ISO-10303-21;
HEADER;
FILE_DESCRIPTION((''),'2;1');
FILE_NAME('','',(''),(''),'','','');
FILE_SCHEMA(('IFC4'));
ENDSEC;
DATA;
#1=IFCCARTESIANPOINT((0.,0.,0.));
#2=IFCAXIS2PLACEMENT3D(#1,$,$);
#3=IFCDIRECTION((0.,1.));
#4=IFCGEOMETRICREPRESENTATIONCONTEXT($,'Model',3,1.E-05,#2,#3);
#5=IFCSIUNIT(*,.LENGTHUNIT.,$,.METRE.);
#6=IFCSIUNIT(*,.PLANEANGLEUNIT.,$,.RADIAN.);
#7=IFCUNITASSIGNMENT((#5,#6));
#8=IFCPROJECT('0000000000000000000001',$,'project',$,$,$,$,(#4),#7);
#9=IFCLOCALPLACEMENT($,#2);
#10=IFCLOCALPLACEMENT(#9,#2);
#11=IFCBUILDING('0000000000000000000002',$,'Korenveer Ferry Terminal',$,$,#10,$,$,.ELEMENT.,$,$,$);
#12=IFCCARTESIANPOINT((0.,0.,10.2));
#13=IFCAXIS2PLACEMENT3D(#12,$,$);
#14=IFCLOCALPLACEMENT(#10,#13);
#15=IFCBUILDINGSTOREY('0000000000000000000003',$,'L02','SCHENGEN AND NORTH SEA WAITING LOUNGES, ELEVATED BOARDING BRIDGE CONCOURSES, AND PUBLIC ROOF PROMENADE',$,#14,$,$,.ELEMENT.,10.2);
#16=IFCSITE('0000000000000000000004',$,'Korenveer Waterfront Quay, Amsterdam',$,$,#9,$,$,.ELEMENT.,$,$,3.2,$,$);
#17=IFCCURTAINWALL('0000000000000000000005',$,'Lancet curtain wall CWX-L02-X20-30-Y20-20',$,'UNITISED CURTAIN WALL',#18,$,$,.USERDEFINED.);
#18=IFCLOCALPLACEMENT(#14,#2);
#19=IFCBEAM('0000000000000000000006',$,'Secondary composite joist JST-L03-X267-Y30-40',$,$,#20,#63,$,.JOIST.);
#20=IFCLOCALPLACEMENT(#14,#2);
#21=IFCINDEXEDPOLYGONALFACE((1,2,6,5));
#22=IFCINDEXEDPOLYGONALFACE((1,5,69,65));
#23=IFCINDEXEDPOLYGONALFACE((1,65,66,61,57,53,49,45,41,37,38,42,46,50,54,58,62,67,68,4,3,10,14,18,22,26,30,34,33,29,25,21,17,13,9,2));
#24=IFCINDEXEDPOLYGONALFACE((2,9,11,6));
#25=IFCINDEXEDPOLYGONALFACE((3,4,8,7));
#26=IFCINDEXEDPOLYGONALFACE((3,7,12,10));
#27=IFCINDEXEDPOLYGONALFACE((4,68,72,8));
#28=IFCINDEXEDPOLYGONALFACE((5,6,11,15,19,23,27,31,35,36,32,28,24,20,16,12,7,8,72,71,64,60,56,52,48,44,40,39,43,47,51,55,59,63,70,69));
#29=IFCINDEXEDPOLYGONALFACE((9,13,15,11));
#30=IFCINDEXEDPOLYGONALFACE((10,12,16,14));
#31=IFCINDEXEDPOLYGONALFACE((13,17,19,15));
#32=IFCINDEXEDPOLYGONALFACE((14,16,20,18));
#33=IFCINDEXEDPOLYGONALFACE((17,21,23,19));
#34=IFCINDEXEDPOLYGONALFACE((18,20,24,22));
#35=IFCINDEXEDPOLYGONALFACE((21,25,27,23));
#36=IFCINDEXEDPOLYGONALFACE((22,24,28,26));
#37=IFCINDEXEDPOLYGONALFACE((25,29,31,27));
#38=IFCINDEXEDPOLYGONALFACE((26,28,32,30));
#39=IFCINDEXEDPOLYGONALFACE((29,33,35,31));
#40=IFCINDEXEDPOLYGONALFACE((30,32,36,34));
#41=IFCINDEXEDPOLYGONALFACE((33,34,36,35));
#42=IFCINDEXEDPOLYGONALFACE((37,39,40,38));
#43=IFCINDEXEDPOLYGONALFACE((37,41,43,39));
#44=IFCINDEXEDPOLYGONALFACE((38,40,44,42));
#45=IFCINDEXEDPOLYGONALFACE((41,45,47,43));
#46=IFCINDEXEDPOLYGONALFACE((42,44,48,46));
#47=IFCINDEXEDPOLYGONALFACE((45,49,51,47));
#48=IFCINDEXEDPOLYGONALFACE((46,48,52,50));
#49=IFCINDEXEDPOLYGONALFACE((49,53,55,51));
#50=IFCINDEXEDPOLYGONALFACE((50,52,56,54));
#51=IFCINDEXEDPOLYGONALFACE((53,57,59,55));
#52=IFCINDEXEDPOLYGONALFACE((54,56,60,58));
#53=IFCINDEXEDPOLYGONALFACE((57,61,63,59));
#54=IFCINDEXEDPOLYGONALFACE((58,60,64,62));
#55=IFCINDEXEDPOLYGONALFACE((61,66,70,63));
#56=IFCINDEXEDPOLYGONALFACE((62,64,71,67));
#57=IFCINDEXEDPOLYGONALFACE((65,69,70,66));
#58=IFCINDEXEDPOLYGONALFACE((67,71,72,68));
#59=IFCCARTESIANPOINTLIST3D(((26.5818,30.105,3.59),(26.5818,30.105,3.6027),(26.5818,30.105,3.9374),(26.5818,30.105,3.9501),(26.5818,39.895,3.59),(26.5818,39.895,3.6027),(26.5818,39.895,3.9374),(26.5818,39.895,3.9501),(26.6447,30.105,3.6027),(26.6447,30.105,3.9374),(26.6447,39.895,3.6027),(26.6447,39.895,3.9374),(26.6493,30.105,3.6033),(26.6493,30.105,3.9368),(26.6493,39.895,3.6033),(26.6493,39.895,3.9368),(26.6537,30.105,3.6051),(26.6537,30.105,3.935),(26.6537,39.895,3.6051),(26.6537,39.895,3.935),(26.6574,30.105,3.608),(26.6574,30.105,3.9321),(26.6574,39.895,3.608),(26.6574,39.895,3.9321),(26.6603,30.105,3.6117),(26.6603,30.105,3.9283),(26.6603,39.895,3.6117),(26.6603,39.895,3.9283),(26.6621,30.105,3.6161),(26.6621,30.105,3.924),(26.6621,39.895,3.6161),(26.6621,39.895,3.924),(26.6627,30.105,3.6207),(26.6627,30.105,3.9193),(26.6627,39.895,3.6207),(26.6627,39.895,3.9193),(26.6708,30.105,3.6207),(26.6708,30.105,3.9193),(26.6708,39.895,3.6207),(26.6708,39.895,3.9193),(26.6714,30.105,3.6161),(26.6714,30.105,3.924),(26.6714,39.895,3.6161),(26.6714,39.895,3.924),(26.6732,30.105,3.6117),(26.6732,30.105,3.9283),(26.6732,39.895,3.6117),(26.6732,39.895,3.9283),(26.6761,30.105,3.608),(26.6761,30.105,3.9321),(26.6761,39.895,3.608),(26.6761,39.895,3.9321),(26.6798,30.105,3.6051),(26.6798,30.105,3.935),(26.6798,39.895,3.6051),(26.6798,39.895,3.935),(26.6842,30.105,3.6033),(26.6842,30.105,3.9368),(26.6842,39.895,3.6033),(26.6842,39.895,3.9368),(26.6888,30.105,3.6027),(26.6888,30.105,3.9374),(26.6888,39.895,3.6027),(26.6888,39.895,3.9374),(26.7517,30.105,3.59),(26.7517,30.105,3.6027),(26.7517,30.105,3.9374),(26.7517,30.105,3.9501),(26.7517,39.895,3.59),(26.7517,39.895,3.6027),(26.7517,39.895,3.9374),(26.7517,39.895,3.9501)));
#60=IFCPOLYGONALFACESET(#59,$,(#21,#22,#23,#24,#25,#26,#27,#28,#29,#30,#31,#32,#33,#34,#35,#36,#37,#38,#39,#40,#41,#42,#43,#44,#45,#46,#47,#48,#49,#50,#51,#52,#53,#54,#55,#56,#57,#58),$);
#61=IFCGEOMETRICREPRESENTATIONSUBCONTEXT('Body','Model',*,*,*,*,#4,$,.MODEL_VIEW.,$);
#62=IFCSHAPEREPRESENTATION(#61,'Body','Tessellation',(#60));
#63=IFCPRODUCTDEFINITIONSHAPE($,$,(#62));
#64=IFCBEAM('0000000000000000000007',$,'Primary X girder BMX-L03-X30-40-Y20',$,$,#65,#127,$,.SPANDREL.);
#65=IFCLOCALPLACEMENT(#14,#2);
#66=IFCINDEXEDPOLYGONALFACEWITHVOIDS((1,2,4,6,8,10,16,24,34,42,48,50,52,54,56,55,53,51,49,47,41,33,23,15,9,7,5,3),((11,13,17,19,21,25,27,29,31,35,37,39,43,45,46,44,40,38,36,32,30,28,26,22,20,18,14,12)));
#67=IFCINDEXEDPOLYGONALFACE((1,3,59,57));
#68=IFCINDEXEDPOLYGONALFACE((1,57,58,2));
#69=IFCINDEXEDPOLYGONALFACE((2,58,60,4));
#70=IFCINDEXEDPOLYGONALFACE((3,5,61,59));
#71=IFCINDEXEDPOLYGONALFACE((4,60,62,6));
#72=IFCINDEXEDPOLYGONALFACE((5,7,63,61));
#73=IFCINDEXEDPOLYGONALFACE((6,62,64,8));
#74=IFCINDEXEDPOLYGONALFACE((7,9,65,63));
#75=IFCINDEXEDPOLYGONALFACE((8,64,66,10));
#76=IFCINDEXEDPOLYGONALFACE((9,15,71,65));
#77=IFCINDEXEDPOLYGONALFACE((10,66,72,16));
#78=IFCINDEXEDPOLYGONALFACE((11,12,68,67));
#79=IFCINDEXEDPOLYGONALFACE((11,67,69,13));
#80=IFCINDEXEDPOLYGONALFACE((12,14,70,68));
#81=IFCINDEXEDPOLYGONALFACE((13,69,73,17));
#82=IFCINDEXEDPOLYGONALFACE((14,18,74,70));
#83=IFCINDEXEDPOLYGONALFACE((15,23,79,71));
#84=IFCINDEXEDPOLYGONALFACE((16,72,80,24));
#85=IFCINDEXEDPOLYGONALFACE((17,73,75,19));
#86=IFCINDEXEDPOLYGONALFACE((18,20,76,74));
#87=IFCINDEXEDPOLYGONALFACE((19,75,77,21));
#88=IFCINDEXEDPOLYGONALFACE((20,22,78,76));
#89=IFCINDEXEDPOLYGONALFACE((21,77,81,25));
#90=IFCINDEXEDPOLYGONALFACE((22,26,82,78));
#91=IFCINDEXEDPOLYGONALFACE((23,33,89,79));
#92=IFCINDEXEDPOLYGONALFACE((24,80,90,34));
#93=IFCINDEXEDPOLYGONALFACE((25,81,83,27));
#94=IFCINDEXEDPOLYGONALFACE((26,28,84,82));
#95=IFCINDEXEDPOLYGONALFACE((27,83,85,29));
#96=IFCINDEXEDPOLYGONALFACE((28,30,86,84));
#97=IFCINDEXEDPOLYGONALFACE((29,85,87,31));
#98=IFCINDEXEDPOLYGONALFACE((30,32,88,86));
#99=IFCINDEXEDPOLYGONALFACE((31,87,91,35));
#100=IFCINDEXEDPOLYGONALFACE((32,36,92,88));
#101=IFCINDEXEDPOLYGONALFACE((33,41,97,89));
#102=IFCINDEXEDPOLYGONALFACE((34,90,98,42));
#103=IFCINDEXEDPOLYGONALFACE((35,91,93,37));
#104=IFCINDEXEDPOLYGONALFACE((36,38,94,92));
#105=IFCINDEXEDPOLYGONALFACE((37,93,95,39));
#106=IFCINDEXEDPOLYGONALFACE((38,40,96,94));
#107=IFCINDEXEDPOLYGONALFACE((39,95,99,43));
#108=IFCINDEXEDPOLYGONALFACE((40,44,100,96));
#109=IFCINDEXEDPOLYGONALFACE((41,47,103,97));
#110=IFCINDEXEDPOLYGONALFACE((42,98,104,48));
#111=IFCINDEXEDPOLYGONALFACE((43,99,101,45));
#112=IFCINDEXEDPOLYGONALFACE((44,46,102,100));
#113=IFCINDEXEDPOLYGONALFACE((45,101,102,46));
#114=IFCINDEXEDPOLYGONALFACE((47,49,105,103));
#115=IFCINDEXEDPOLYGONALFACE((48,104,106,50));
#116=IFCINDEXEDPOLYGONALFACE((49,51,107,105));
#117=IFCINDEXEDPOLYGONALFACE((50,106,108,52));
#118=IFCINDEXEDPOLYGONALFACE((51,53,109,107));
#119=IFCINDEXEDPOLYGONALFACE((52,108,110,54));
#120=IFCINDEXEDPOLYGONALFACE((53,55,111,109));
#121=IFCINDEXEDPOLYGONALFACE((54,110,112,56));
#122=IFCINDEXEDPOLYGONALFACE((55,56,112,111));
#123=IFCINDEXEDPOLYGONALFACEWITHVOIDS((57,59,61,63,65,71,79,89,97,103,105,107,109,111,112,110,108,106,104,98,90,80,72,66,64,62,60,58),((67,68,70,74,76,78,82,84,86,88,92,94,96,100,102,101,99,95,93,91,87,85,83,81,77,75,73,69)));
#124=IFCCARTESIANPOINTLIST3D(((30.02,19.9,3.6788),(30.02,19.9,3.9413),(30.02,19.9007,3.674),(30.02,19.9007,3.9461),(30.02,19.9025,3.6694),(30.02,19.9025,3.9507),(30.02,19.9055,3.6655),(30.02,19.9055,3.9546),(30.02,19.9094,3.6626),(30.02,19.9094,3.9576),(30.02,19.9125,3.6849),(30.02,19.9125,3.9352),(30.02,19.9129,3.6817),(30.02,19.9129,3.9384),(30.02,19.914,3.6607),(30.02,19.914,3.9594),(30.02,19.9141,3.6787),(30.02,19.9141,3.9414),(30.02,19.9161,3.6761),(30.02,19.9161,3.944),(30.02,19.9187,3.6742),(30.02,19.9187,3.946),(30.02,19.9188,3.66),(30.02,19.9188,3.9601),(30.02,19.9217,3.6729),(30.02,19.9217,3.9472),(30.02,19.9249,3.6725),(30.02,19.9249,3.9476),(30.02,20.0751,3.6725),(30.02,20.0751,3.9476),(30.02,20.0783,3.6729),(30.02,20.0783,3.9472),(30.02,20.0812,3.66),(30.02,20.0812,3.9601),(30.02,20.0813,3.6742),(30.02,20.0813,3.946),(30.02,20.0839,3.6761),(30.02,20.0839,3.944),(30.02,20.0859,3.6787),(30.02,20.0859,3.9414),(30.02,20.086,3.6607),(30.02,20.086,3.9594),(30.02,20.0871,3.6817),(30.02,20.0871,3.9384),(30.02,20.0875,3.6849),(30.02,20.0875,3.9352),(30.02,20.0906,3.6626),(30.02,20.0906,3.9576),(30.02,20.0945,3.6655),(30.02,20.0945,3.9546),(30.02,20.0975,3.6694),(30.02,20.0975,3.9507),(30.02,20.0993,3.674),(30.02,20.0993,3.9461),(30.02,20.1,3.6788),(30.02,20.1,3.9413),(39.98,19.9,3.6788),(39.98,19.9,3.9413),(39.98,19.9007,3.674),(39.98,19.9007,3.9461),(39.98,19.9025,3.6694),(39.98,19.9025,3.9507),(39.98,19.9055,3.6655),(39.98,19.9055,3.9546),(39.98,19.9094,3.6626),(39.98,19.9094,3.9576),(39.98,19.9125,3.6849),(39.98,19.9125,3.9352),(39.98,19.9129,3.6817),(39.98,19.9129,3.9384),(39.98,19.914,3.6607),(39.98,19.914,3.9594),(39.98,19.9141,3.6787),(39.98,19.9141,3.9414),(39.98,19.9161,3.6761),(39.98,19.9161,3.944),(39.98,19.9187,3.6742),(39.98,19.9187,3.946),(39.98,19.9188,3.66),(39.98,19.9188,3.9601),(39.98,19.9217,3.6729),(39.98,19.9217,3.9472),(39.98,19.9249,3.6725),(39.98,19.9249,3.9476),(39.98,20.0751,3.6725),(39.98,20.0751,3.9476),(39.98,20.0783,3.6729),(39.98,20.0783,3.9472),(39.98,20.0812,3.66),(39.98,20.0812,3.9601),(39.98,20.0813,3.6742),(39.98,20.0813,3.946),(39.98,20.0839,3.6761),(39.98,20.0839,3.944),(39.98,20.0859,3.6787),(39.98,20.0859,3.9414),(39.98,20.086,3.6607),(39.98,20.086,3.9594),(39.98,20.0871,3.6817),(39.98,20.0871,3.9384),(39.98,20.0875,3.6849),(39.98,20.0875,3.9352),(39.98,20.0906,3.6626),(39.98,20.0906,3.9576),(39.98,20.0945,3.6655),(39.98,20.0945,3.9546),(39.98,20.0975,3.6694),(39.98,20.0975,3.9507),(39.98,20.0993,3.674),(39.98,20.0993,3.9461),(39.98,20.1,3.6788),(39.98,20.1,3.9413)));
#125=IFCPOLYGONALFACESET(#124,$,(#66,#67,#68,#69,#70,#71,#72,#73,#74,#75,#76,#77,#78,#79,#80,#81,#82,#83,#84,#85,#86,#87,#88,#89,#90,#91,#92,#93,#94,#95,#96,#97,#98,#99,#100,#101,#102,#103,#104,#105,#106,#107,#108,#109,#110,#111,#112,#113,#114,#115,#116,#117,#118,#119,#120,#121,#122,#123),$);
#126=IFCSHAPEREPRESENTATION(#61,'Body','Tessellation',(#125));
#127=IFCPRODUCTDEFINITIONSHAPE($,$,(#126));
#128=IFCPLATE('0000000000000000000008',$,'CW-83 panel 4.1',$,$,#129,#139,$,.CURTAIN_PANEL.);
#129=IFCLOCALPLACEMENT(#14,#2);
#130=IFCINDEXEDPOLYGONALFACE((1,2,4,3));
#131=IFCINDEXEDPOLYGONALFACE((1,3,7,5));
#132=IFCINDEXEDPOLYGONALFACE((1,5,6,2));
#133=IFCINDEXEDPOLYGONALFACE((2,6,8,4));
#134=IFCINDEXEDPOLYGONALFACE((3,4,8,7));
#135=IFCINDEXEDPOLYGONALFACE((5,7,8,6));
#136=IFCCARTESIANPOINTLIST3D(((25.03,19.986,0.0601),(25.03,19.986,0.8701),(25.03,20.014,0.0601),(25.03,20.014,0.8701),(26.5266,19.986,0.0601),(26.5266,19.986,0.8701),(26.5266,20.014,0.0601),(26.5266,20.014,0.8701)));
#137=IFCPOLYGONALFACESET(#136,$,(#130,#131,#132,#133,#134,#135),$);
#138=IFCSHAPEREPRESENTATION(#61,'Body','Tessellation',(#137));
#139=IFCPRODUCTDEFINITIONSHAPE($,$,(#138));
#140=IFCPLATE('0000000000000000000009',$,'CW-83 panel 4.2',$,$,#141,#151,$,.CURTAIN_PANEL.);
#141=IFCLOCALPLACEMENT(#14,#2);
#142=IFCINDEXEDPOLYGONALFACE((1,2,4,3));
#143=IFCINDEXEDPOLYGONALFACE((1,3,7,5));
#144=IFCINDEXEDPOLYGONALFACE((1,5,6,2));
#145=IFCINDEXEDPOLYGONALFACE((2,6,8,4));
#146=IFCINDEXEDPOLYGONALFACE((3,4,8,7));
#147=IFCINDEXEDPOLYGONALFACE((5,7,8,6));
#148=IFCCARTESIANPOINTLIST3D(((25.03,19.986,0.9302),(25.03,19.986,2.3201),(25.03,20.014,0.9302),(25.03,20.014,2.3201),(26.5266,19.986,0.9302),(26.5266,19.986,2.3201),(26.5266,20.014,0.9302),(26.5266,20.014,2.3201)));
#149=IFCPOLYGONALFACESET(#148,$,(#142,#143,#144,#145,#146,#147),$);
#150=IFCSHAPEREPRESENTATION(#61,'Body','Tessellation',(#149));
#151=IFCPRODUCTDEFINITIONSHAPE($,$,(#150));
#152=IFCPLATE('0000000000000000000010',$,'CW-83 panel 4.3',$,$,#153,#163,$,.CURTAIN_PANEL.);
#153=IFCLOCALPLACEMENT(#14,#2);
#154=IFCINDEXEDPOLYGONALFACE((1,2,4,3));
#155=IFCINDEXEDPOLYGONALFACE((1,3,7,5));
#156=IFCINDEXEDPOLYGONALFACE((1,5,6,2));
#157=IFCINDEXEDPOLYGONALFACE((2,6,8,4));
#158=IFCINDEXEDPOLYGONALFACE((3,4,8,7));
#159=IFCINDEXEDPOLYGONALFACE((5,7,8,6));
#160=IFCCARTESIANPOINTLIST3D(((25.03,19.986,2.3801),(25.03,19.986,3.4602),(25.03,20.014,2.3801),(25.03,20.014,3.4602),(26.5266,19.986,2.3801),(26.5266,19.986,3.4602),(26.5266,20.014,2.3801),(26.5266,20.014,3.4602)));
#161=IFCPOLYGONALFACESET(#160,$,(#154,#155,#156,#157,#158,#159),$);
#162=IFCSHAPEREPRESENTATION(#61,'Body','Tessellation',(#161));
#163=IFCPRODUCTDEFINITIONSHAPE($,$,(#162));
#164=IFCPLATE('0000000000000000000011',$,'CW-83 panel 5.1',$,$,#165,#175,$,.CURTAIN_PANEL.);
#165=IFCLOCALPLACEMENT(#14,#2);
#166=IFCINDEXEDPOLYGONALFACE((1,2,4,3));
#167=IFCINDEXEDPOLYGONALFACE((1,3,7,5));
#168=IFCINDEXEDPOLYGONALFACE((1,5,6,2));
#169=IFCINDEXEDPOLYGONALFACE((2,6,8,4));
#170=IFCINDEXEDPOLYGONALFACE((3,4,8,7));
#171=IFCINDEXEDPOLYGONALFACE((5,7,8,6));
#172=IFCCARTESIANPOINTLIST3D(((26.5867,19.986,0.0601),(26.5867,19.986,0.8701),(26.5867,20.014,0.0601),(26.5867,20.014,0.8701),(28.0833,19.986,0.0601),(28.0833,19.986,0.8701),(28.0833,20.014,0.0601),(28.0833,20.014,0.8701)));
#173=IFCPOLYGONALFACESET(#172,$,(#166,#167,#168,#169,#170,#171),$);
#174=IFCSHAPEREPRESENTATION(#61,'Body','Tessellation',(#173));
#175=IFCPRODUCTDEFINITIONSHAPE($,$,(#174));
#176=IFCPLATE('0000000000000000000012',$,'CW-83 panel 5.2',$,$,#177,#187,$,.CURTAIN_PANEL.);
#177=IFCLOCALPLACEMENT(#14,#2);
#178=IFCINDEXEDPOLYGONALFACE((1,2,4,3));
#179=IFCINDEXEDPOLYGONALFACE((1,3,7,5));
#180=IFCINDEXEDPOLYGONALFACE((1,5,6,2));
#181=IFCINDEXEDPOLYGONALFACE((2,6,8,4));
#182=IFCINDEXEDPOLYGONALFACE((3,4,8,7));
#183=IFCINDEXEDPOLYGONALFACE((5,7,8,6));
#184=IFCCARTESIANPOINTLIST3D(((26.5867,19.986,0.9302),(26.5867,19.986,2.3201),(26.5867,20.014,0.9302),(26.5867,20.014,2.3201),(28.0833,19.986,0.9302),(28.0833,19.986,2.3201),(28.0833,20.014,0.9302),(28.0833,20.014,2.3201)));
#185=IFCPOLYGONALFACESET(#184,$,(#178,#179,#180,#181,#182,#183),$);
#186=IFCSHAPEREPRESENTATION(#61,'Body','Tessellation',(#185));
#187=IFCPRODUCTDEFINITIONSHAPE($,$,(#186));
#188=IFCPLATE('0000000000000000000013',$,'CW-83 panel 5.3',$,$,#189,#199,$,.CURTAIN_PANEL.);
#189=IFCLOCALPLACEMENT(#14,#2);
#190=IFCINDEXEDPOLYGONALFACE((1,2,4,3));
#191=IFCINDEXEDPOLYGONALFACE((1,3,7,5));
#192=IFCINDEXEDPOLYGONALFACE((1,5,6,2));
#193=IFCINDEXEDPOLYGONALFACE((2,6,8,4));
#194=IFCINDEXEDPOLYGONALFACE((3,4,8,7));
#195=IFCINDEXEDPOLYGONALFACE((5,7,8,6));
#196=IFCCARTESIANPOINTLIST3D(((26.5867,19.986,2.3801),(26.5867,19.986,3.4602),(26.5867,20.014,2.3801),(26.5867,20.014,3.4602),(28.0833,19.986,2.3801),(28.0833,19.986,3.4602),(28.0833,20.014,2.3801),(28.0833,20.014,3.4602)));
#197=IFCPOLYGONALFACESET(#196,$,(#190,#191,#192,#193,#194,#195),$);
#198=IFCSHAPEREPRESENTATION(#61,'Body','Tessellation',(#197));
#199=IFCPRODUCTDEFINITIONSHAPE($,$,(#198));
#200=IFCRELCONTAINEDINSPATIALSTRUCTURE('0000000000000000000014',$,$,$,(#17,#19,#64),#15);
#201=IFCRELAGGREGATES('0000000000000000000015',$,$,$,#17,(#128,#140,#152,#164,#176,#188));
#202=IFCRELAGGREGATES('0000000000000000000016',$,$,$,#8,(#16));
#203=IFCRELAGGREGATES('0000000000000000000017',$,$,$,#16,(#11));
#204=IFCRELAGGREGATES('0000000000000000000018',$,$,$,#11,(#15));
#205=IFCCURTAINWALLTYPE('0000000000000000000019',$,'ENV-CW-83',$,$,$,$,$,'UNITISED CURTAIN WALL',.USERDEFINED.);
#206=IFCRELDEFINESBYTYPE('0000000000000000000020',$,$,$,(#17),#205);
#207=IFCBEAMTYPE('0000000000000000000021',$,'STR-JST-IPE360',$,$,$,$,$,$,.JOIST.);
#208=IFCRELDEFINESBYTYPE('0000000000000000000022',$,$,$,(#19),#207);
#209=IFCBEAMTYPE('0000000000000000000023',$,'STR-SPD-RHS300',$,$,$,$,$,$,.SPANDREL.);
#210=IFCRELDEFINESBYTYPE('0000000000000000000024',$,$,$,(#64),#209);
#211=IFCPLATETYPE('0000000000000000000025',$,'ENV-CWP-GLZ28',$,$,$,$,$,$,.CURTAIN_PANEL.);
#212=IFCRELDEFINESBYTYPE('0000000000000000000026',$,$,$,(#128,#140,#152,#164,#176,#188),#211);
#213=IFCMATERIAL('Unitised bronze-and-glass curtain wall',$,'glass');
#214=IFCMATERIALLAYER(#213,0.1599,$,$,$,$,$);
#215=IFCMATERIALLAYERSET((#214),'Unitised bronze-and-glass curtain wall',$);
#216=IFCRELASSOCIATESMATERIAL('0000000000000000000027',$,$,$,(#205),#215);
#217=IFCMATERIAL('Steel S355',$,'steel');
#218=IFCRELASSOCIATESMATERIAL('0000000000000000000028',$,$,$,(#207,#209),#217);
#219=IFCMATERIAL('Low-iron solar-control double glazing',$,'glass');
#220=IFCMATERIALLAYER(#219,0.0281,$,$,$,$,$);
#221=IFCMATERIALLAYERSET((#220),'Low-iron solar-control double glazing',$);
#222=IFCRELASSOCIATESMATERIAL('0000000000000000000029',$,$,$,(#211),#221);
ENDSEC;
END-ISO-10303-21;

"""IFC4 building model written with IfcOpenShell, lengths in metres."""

from ifc_helpers import new_model, si_unit, direction, frame, origin, origin_2d, place, context, subcontext, project, spatial, rectangle, hollow_rectangle, i_section, extrude, material, layer, layer_set, material_profile, profile_set, type_object, element, aggregate, save


model = new_model("IFC4")

# Units and contexts
model_context = context("Model", 3, precision=1e-05, world=origin(), true_north=direction((0.0, 1.0)))
body_context = subcontext(model_context, "Body", "Model", "MODEL_VIEW")
ifc_project = project(units=[si_unit("LENGTHUNIT", "METRE"), si_unit("PLANEANGLEUNIT", "RADIAN")], contexts=[model_context])

# Site, building, storey
site_placement = place(None, origin())
site = spatial("IfcSite", under=ifc_project, at=site_placement, Name="Korenveer Waterfront Quay, Amsterdam", CompositionType="ELEMENT", RefElevation=3.2)
building_placement = place(site_placement, origin())
building = spatial("IfcBuilding", under=site, at=building_placement, Name="Korenveer Ferry Terminal", CompositionType="ELEMENT")
storey_placement = place(building_placement, frame((0.0, 0.0, 10.2)))
storey = spatial("IfcBuildingStorey", under=building, at=storey_placement, Name="L02", Description="SCHENGEN AND NORTH SEA WAITING LOUNGES, ELEVATED BOARDING BRIDGE CONCOURSES, AND PUBLIC ROOF PROMENADE", CompositionType="ELEMENT", Elevation=10.2)

# Curtain wall
ifc_material_1 = material(Name="Unitised bronze-and-glass curtain wall", Category="glass")
ifc_layer_1 = layer(ifc_material_1, 0.1599)
ifc_layer_set_1 = layer_set([ifc_layer_1], Name="Unitised bronze-and-glass curtain wall")
curtain_wall_type_1 = type_object("IfcCurtainWallType", Name="ENV-CW-83", ElementType="UNITISED CURTAIN WALL", PredefinedType="USERDEFINED", material=ifc_layer_set_1)
curtain_wall_1_placement = place(storey_placement, frame((20.3301, 20.0, 0.0)))
curtain_wall_1 = element("IfcCurtainWall", 1, at=curtain_wall_1_placement, inside=storey, type_object=curtain_wall_type_1, Name="Lancet curtain wall CWX-L02-X20-30-Y20-20", ObjectType="UNITISED CURTAIN WALL", PredefinedType="USERDEFINED")

# Beams
ifc_material_2 = material(Name="Steel S355", Category="steel")
ifc_material_profile_1 = material_profile(ifc_material_2, i_section(OverallWidth=0.1699, OverallDepth=0.3601, WebThickness=0.0081, FlangeThickness=0.0127, FilletRadius=0.0181, at=origin_2d()), Name="IPE 360")
ifc_profile_set_1 = profile_set([ifc_material_profile_1], Name="Steel S355")
beam_type_1 = type_object("IfcBeamType", Name="STR-JST-IPE360", PredefinedType="JOIST", material=ifc_profile_set_1)
beam_1_placement = place(storey_placement, frame((26.6667, 30.105, 3.77), z_axis=(0.0, 1.0, 0.0), x_axis=(-1.0, 0.0, 0.0)))
element("IfcBeam", 2, at=beam_1_placement, inside=storey, type_object=beam_type_1, Name="Secondary composite joist JST-L03-X267-Y30-40", PredefinedType="JOIST", context=body_context, shape_type="SweptSolid", body=[
    extrude(i_section(OverallWidth=0.1699, OverallDepth=0.3601, WebThickness=0.0081, FlangeThickness=0.0127, FilletRadius=0.0181, at=origin_2d()), origin(), (0.0, 0.0, 1.0), 9.79),
])
ifc_material_profile_2 = material_profile(ifc_material_2, hollow_rectangle(XDim=0.2, YDim=0.3, WallThickness=0.0125, InnerFilletRadius=0.0125, OuterFilletRadius=0.0188, at=origin_2d()), Name="RHS 300x200x12.5")
ifc_profile_set_2 = profile_set([ifc_material_profile_2], Name="Steel S355")
beam_type_2 = type_object("IfcBeamType", Name="STR-SPD-RHS300", PredefinedType="SPANDREL", material=ifc_profile_set_2)
beam_2_placement = place(storey_placement, frame((30.02, 20.0, 3.8101), z_axis=(1.0, 0.0, 0.0), x_axis=(0.0, 1.0, 0.0)))
element("IfcBeam", 3, at=beam_2_placement, inside=storey, type_object=beam_type_2, Name="Primary X girder BMX-L03-X30-40-Y20", PredefinedType="SPANDREL", context=body_context, shape_type="SweptSolid", body=[
    extrude(hollow_rectangle(XDim=0.2, YDim=0.3, WallThickness=0.0125, InnerFilletRadius=0.0125, OuterFilletRadius=0.0188, at=origin_2d()), origin(), (0.0, 0.0, 1.0), 9.96),
])

# Plates
ifc_material_3 = material(Name="Low-iron solar-control double glazing", Category="glass")
ifc_layer_2 = layer(ifc_material_3, 0.0281)
ifc_layer_set_2 = layer_set([ifc_layer_2], Name="Low-iron solar-control double glazing")
plate_type = type_object("IfcPlateType", Name="ENV-CWP-GLZ28", PredefinedType="CURTAIN_PANEL", material=ifc_layer_set_2)
plate_1_placement = place(storey_placement, frame((25.7783, 20.0, 0.0601), z_axis=(0.0, 0.0, 1.0), x_axis=(1.0, 0.0, 0.0)))
plate_1 = element("IfcPlate", 4, at=plate_1_placement, type_object=plate_type, Name="CW-83 panel 4.1", PredefinedType="CURTAIN_PANEL", context=body_context, shape_type="SweptSolid", body=[
    extrude(rectangle(XDim=1.4966, YDim=0.0281, at=origin_2d()), origin(), (0.0, 0.0, 1.0), 0.8101),
])
plate_2_placement = place(storey_placement, frame((25.7783, 20.0, 0.9302), z_axis=(0.0, 0.0, 1.0), x_axis=(1.0, 0.0, 0.0)))
plate_2 = element("IfcPlate", 5, at=plate_2_placement, type_object=plate_type, Name="CW-83 panel 4.2", PredefinedType="CURTAIN_PANEL", context=body_context, shape_type="SweptSolid", body=[
    extrude(rectangle(XDim=1.4966, YDim=0.0281, at=origin_2d()), origin(), (0.0, 0.0, 1.0), 1.3899),
])
plate_3_placement = place(storey_placement, frame((25.7783, 20.0, 2.3801), z_axis=(0.0, 0.0, 1.0), x_axis=(1.0, 0.0, 0.0)))
plate_3 = element("IfcPlate", 6, at=plate_3_placement, type_object=plate_type, Name="CW-83 panel 4.3", PredefinedType="CURTAIN_PANEL", context=body_context, shape_type="SweptSolid", body=[
    extrude(rectangle(XDim=1.4966, YDim=0.0281, at=origin_2d()), origin(), (0.0, 0.0, 1.0), 1.0801),
])
plate_4_placement = place(storey_placement, frame((27.335, 20.0, 0.0601), z_axis=(0.0, 0.0, 1.0), x_axis=(1.0, 0.0, 0.0)))
plate_4 = element("IfcPlate", 7, at=plate_4_placement, type_object=plate_type, Name="CW-83 panel 5.1", PredefinedType="CURTAIN_PANEL", context=body_context, shape_type="SweptSolid", body=[
    extrude(rectangle(XDim=1.4966, YDim=0.0281, at=origin_2d()), origin(), (0.0, 0.0, 1.0), 0.8101),
])
plate_5_placement = place(storey_placement, frame((27.335, 20.0, 0.9302), z_axis=(0.0, 0.0, 1.0), x_axis=(1.0, 0.0, 0.0)))
plate_5 = element("IfcPlate", 8, at=plate_5_placement, type_object=plate_type, Name="CW-83 panel 5.2", PredefinedType="CURTAIN_PANEL", context=body_context, shape_type="SweptSolid", body=[
    extrude(rectangle(XDim=1.4966, YDim=0.0281, at=origin_2d()), origin(), (0.0, 0.0, 1.0), 1.3899),
])
plate_6_placement = place(storey_placement, frame((27.335, 20.0, 2.3801), z_axis=(0.0, 0.0, 1.0), x_axis=(1.0, 0.0, 0.0)))
plate_6 = element("IfcPlate", 9, at=plate_6_placement, type_object=plate_type, Name="CW-83 panel 5.3", PredefinedType="CURTAIN_PANEL", context=body_context, shape_type="SweptSolid", body=[
    extrude(rectangle(XDim=1.4966, YDim=0.0281, at=origin_2d()), origin(), (0.0, 0.0, 1.0), 1.0801),
])
aggregate(curtain_wall_1, [plate_1, plate_2, plate_3, plate_4, plate_5, plate_6])

save(model, "model.ifc")
